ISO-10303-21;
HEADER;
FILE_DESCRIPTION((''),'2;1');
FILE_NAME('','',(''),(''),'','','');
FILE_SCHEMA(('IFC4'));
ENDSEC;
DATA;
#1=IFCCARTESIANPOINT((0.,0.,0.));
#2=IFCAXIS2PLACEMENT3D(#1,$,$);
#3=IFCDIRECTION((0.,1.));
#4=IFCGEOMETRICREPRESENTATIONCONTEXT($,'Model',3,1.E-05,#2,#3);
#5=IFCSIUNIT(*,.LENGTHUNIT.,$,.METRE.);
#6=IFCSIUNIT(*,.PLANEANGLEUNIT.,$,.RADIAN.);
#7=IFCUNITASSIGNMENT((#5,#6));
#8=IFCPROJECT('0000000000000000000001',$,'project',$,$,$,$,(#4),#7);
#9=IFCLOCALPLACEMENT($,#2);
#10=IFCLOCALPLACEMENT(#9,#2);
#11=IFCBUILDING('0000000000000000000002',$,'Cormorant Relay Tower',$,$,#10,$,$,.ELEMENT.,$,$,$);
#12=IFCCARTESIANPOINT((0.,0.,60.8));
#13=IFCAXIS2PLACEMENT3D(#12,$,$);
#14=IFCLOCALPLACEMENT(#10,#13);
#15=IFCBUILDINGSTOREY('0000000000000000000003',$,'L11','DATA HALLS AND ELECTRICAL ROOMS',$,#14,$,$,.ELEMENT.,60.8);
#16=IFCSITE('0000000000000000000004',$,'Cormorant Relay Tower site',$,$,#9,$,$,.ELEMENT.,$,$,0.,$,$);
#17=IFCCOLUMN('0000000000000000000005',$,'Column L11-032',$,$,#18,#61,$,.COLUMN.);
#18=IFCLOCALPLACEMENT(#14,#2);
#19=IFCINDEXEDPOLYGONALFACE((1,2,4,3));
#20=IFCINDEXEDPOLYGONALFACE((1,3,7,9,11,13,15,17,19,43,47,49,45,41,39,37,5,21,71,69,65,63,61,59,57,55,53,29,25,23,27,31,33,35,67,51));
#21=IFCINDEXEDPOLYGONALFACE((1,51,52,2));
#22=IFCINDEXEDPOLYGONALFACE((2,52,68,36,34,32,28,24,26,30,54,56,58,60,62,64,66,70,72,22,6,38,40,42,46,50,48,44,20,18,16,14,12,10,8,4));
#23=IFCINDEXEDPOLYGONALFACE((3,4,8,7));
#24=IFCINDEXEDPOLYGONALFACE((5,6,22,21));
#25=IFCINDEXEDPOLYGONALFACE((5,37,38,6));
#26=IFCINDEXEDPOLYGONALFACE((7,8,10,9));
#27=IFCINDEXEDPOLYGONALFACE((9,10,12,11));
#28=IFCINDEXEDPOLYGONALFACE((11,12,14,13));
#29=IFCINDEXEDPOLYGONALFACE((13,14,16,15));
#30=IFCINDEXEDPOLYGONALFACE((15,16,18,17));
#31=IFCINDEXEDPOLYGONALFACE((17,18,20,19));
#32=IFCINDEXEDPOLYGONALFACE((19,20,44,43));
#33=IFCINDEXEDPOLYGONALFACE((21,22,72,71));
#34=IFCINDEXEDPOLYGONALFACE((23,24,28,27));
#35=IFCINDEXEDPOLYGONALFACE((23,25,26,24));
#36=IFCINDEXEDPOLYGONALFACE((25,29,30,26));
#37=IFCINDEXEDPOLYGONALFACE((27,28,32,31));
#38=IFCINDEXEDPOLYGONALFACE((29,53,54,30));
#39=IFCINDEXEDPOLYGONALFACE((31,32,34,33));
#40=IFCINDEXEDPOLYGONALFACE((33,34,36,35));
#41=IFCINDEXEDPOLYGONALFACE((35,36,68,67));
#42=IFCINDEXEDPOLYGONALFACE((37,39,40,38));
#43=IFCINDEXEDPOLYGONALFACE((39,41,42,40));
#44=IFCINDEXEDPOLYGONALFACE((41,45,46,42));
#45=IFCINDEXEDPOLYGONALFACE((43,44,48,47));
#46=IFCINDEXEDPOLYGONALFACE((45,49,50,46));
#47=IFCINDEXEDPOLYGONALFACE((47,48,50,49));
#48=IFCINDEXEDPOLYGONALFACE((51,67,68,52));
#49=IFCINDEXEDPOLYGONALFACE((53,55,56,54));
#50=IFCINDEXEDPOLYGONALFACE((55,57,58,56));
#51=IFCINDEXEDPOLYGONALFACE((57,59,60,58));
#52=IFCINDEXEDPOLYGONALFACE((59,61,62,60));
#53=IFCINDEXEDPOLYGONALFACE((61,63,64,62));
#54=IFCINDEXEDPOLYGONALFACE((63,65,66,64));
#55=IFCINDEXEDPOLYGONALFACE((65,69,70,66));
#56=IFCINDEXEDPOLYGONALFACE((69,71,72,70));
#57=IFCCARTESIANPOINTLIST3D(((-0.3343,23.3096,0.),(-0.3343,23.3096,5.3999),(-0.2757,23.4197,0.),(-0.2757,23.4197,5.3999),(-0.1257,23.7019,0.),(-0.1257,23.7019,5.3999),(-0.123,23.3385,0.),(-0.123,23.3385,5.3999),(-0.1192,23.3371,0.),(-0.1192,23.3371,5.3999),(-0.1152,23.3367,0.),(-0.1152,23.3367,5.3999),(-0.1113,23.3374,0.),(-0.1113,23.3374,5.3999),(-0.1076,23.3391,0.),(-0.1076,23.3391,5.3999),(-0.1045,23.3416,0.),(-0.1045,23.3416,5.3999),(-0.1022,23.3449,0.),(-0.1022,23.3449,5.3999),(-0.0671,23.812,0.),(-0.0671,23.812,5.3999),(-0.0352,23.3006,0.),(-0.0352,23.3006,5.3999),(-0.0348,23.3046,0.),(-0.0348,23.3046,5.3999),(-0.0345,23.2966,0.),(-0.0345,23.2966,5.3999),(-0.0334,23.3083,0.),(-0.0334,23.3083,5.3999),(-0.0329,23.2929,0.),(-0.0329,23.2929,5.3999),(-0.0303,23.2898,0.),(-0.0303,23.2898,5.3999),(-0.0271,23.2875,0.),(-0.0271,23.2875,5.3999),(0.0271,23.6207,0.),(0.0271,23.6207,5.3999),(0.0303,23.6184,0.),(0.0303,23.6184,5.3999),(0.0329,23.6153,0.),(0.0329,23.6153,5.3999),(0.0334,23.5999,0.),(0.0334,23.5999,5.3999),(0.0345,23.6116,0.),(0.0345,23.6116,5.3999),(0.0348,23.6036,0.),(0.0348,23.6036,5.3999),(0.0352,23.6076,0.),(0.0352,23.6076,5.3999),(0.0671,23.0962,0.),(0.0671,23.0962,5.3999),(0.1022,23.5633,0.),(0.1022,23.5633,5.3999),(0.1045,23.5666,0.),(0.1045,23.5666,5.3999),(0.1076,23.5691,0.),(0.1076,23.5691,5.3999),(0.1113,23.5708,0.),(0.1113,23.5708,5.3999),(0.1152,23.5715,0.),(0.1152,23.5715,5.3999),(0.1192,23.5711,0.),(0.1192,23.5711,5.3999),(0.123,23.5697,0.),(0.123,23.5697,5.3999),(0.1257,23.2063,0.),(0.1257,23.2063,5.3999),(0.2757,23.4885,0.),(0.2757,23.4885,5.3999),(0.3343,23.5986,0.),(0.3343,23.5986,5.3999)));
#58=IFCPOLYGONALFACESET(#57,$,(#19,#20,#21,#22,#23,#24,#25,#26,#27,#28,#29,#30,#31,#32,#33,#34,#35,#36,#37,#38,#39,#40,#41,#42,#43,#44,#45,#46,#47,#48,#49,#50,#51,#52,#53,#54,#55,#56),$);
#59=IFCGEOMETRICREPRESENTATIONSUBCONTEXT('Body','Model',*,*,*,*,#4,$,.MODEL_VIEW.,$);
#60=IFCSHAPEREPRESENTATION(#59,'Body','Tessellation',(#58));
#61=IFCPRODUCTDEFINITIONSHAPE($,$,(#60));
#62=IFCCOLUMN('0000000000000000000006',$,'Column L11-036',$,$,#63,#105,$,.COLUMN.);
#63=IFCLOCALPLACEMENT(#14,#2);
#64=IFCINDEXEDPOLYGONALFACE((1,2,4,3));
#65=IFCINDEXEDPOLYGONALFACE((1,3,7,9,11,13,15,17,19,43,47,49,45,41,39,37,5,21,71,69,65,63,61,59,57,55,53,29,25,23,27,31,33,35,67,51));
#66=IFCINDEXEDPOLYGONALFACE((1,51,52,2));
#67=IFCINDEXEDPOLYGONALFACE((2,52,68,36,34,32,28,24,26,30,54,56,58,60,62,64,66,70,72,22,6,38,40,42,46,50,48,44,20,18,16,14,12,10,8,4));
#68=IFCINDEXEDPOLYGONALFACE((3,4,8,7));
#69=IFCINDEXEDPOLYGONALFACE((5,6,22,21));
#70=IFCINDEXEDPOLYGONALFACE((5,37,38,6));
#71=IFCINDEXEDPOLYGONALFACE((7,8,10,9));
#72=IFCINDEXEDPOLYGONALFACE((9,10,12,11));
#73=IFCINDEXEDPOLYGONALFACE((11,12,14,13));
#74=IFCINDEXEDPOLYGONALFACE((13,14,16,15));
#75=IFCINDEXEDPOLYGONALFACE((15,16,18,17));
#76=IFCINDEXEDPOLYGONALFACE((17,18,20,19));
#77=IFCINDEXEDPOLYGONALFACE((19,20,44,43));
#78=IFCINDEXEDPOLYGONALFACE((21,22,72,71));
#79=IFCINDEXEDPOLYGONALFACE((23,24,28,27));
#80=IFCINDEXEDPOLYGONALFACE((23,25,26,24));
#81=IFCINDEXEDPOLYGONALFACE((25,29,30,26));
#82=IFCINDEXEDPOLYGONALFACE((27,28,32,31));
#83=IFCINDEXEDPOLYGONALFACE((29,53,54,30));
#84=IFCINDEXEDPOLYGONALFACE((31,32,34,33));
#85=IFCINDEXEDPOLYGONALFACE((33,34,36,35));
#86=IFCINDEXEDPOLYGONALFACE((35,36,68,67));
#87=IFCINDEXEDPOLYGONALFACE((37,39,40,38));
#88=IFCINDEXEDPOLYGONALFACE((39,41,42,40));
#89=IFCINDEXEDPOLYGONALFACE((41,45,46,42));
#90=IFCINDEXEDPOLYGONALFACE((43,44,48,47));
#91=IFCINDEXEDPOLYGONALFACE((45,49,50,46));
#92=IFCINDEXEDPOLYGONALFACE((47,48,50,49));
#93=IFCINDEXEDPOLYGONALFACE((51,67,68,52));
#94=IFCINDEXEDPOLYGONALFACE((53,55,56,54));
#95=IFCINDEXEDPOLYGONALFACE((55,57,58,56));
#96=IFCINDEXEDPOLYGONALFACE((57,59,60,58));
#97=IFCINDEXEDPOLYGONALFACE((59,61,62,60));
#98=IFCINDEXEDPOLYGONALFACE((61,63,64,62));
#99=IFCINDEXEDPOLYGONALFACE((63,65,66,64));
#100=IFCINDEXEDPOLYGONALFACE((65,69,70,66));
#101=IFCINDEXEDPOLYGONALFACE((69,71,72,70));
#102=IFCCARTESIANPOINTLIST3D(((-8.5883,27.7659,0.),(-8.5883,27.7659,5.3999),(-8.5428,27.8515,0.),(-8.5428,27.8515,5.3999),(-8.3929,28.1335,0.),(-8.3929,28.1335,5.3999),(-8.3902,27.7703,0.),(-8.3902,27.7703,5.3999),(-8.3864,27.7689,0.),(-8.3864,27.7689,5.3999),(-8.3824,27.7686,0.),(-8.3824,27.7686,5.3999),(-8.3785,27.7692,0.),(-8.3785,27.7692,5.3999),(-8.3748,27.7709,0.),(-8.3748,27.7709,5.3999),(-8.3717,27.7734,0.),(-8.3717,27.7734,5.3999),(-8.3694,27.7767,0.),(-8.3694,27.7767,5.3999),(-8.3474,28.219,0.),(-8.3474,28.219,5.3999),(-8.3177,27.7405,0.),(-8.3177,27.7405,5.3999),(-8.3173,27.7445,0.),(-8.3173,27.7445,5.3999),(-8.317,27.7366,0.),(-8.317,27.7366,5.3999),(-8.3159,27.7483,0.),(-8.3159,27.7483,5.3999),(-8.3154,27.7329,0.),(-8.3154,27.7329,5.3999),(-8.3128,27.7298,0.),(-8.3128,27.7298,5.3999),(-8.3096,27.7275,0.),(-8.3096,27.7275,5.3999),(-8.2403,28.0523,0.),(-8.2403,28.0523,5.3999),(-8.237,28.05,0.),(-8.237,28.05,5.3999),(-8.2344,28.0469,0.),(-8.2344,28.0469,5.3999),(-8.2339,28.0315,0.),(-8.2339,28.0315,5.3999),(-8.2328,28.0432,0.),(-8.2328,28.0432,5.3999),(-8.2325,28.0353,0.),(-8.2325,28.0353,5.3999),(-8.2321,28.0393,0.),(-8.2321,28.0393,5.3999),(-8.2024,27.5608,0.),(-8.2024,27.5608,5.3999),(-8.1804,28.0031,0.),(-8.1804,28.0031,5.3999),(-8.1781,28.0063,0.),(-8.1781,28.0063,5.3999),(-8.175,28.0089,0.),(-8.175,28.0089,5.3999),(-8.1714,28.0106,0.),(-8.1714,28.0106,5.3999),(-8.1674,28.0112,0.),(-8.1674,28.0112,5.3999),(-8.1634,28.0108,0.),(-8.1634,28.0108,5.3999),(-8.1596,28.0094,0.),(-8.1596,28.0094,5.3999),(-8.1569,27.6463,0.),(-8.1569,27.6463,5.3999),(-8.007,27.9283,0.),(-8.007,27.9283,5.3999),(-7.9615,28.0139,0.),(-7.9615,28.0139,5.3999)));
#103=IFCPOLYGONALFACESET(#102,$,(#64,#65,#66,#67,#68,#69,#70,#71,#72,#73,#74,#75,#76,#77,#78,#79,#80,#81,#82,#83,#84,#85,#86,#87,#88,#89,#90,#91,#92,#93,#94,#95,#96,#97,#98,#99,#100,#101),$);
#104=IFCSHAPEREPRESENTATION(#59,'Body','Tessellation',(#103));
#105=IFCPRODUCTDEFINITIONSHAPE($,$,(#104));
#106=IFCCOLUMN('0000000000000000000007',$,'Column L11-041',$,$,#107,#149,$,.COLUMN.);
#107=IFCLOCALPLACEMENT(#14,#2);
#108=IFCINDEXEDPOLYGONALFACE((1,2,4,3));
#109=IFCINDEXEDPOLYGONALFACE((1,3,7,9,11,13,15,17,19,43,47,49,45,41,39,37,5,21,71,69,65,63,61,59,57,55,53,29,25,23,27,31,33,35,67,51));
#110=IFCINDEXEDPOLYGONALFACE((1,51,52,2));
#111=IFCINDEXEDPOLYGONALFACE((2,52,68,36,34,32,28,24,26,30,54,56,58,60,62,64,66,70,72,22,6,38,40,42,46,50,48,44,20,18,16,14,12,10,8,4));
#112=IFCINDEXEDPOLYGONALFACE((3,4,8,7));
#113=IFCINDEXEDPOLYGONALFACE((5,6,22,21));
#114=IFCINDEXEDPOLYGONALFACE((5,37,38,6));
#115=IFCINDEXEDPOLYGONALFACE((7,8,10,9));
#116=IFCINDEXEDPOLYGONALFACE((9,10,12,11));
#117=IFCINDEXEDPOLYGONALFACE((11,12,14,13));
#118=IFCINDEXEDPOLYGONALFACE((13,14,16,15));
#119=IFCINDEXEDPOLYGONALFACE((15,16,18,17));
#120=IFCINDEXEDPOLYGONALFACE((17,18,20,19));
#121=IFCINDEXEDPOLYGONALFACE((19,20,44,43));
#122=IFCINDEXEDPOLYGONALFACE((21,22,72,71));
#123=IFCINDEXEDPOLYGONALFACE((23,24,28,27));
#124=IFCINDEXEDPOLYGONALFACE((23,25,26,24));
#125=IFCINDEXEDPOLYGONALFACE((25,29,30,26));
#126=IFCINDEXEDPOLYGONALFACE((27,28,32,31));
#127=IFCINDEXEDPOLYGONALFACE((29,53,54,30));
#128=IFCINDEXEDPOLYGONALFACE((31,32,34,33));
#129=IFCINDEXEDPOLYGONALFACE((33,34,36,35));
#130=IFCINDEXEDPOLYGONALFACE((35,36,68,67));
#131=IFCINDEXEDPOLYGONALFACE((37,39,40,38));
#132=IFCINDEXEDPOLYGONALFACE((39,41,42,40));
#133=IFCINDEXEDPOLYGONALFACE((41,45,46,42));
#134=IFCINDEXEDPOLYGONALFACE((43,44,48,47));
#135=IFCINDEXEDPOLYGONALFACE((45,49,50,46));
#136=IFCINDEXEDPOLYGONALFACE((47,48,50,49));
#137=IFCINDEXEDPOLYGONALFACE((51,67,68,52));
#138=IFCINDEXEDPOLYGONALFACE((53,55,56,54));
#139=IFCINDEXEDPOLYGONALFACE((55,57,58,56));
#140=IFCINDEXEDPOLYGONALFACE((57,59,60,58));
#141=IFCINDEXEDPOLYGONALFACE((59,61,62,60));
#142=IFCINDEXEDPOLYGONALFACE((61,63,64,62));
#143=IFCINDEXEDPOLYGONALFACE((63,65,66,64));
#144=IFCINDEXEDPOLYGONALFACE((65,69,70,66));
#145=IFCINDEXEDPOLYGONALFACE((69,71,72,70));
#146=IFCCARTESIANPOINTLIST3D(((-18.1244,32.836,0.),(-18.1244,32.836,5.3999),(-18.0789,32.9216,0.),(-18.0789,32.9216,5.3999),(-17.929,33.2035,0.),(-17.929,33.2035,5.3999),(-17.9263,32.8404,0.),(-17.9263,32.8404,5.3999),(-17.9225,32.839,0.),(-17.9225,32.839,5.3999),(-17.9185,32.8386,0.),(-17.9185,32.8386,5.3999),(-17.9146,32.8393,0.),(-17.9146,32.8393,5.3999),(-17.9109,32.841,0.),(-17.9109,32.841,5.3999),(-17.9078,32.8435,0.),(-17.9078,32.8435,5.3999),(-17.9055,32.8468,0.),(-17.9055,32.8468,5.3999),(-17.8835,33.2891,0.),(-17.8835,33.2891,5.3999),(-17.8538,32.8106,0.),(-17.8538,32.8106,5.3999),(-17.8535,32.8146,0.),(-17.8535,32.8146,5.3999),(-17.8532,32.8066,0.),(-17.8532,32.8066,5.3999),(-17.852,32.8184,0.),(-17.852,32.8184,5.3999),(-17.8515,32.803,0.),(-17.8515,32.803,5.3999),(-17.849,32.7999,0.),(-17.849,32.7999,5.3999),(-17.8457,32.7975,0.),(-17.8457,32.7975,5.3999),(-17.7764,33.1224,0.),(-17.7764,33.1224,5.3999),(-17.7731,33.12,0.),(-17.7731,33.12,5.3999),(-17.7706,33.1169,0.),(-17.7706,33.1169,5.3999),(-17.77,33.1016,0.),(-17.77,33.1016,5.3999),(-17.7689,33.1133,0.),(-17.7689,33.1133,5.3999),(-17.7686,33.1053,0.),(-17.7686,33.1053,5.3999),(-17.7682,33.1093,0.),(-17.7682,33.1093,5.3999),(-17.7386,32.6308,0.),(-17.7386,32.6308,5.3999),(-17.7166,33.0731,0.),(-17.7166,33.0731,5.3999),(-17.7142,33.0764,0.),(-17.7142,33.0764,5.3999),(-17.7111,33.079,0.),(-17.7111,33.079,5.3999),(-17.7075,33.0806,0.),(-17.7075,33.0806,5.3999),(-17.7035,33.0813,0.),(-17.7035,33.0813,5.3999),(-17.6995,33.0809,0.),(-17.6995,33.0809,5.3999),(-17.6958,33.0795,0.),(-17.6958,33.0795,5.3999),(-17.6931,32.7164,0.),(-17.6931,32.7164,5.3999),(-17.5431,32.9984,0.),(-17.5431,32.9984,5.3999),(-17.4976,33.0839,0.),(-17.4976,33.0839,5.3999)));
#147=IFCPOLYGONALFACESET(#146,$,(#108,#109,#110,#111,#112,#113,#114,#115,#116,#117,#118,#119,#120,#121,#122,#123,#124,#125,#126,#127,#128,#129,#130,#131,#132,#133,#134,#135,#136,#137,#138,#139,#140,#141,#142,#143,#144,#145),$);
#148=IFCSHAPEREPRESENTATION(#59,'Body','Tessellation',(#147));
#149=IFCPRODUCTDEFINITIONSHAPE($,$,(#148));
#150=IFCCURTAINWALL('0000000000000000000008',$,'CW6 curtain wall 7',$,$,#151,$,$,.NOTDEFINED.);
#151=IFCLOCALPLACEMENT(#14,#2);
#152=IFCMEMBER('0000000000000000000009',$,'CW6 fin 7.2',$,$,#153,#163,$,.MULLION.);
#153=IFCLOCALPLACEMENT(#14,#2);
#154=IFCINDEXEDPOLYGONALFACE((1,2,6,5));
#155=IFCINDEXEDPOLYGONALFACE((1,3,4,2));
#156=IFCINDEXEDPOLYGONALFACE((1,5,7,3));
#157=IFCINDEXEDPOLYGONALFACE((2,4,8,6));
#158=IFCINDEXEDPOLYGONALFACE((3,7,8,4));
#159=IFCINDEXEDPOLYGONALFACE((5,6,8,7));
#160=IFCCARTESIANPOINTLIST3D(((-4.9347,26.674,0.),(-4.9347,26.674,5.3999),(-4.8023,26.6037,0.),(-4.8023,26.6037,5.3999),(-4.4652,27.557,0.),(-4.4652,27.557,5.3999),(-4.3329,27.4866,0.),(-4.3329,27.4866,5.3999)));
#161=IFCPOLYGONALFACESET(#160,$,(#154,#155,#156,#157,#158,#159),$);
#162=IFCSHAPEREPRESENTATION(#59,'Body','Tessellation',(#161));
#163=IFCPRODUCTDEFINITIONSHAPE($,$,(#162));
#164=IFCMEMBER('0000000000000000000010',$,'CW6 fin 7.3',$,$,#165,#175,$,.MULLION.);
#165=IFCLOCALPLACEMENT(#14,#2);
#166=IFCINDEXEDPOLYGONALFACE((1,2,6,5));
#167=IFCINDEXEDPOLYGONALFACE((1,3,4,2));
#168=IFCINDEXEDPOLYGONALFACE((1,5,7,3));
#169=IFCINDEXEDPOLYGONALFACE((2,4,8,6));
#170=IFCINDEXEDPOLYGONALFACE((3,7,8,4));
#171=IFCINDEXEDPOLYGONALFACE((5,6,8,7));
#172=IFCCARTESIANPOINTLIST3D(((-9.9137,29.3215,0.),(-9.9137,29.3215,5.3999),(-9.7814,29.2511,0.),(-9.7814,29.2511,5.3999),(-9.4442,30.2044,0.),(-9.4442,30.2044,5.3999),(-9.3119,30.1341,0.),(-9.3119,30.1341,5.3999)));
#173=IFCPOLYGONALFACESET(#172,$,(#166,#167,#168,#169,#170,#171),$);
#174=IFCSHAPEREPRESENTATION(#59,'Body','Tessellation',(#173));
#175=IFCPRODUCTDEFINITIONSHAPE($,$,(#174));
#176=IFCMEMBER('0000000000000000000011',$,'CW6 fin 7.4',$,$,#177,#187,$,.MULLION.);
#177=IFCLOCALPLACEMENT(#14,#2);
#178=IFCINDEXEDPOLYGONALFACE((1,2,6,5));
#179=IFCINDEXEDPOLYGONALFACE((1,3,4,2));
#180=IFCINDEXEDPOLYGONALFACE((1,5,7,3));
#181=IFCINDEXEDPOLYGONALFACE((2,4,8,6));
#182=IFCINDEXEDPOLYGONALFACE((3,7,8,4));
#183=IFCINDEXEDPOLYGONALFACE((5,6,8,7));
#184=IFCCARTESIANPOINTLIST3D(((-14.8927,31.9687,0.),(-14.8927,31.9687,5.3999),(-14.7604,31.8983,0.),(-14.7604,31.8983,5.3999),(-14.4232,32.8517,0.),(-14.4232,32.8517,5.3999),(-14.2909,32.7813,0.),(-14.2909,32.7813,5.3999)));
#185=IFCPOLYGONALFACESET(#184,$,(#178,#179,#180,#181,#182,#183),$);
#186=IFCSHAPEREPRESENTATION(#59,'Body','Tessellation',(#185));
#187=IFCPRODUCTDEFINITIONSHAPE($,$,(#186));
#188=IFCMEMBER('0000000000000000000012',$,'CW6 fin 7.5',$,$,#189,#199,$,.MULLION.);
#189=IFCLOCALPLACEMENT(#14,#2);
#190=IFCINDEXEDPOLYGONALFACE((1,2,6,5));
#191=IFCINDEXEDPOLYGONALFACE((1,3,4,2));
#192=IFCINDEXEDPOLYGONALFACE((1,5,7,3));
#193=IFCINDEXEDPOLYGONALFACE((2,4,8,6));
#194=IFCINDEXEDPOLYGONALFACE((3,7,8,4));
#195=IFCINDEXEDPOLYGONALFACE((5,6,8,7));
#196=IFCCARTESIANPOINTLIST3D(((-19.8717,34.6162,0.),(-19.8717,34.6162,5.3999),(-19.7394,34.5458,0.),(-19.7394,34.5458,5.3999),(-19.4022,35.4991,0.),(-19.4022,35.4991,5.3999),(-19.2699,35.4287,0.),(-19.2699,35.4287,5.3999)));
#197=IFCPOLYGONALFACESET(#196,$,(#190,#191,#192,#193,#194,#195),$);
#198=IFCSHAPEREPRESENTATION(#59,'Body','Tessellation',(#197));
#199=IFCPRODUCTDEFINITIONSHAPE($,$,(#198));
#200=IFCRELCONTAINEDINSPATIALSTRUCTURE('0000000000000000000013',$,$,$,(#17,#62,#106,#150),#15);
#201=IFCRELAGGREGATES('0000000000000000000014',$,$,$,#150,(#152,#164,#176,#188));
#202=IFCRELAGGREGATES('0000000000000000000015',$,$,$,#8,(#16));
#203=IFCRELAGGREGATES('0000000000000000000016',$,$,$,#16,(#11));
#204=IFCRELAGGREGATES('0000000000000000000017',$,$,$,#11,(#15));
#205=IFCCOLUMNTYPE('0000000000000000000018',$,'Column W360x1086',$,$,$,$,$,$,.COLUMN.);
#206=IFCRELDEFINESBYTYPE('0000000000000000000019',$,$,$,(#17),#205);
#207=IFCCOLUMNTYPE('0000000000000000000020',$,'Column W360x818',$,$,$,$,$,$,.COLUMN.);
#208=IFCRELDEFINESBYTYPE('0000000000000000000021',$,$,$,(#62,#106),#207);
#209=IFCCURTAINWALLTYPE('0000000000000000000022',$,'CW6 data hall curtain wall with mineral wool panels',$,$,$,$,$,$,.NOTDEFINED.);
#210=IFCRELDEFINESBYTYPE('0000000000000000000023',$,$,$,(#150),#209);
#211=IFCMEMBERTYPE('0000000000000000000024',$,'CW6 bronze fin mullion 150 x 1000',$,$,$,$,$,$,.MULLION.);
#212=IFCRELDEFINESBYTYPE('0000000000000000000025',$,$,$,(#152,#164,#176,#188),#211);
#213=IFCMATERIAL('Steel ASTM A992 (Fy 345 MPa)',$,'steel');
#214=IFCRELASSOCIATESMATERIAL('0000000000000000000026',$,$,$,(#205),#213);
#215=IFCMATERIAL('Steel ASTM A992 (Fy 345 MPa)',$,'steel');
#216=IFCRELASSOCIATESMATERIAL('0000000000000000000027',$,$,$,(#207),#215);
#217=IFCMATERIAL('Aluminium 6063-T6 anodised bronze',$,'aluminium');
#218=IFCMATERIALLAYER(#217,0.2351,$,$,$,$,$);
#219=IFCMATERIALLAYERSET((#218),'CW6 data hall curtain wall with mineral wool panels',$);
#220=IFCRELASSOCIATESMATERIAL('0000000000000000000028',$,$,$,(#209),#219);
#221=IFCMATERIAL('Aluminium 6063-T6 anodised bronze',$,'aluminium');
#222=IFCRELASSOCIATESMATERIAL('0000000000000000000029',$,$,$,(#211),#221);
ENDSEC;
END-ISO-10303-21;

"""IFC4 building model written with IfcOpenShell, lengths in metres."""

from ifc_helpers import new_model, si_unit, direction, frame, origin, origin_2d, place, context, subcontext, project, spatial, rectangle, i_section, extrude, material, layer, layer_set, material_profile, profile_set, type_object, element, aggregate, save


model = new_model("IFC4")

# Units and contexts
model_context = context("Model", 3, precision=1e-05, world=origin(), true_north=direction((0.0, 1.0)))
body_context = subcontext(model_context, "Body", "Model", "MODEL_VIEW")
ifc_project = project(units=[si_unit("LENGTHUNIT", "METRE"), si_unit("PLANEANGLEUNIT", "RADIAN")], contexts=[model_context])

# Site, building, storey
site_placement = place(None, origin())
site = spatial("IfcSite", under=ifc_project, at=site_placement, Name="Cormorant Relay Tower site", CompositionType="ELEMENT", RefElevation=0.0)
building_placement = place(site_placement, origin())
building = spatial("IfcBuilding", under=site, at=building_placement, Name="Cormorant Relay Tower", CompositionType="ELEMENT")
storey_placement = place(building_placement, frame((0.0, 0.0, 60.8)))
storey = spatial("IfcBuildingStorey", under=building, at=storey_placement, Name="L11", Description="DATA HALLS AND ELECTRICAL ROOMS", CompositionType="ELEMENT", Elevation=60.8)

# Columns
ifc_material_1 = material(Name="Steel ASTM A992 (Fy 345 MPa)", Category="steel")
ifc_material_profile_1 = material_profile(ifc_material_1, i_section(OverallWidth=0.4546, OverallDepth=0.5691, WebThickness=0.0779, FlangeThickness=0.1248, FilletRadius=0.0154, at=origin_2d()), Name="W360x1086")
ifc_profile_set_1 = profile_set([ifc_material_profile_1], Name="Steel ASTM A992 (Fy 345 MPa)")
column_type_1 = type_object("IfcColumnType", Name="Column W360x1086", PredefinedType="COLUMN", material=ifc_profile_set_1)
column_placement = place(storey_placement, frame((0.0, 23.4541, 0.0), z_axis=(0.0, 0.0, 1.0), x_axis=(-0.882948, 0.469472, 0.0)))
element("IfcColumn", 1, at=column_placement, inside=storey, type_object=column_type_1, Name="Column L11-032", PredefinedType="COLUMN", context=body_context, shape_type="SweptSolid", body=[
    extrude(i_section(OverallWidth=0.4546, OverallDepth=0.5691, WebThickness=0.0779, FlangeThickness=0.1248, FilletRadius=0.0154, at=origin_2d()), origin(), (0.0, 0.0, 1.0), 5.3999),
])
ifc_material_2 = material(Name="Steel ASTM A992 (Fy 345 MPa)", Category="steel")
ifc_material_profile_2 = material_profile(ifc_material_2, i_section(OverallWidth=0.437, OverallDepth=0.5132, WebThickness=0.0605, FlangeThickness=0.0969, FilletRadius=0.0154, at=origin_2d()), Name="W360x818")
ifc_profile_set_2 = profile_set([ifc_material_profile_2], Name="Steel ASTM A992 (Fy 345 MPa)")
column_type_2 = type_object("IfcColumnType", Name="Column W360x818", PredefinedType="COLUMN", material=ifc_profile_set_2)
for number, where, z_axis, x_axis, name in (
    (2, (-8.2749, 27.8899, 0.0), (0.0, 0.0, 1.0), (-0.882948, 0.469472, 0.0), "Column L11-036"),
    (3, (-17.811, 32.96, 0.0), (0.0, 0.0, 1.0), (-0.882948, 0.469472, 0.0), "Column L11-041"),
):
    element("IfcColumn", number, at=place(storey_placement, frame(where, z_axis=z_axis, x_axis=x_axis)), inside=storey, type_object=column_type_2, Name=name, PredefinedType="COLUMN", context=body_context, shape_type="SweptSolid", body=[
        extrude(i_section(OverallWidth=0.437, OverallDepth=0.5132, WebThickness=0.0605, FlangeThickness=0.0969, FilletRadius=0.0154, at=origin_2d()), origin(), (0.0, 0.0, 1.0), 5.3999),
    ])

# Curtain wall, members
ifc_material_3 = material(Name="Aluminium 6063-T6 anodised bronze", Category="aluminium")
ifc_layer_1 = layer(ifc_material_3, 0.2351)
ifc_layer_set_1 = layer_set([ifc_layer_1], Name="CW6 data hall curtain wall with mineral wool panels")
curtain_wall_type = type_object("IfcCurtainWallType", Name="CW6 data hall curtain wall with mineral wool panels", PredefinedType="NOTDEFINED", material=ifc_layer_set_1)
curtain_wall_placement = place(storey_placement, origin())
curtain_wall = element("IfcCurtainWall", 4, at=curtain_wall_placement, inside=storey, type_object=curtain_wall_type, Name="CW6 curtain wall 7", PredefinedType="NOTDEFINED")
ifc_material_4 = material(Name="Aluminium 6063-T6 anodised bronze", Category="aluminium")
ifc_material_profile_3 = material_profile(ifc_material_4, rectangle(XDim=0.1499, YDim=1.0, at=origin_2d()), Name="AL 150x1000")
ifc_profile_set_3 = profile_set([ifc_material_profile_3], Name="Aluminium 6063-T6 anodised bronze")
member_type = type_object("IfcMemberType", Name="CW6 bronze fin mullion 150 x 1000", PredefinedType="MULLION", material=ifc_profile_set_3)
member_1_placement = place(storey_placement, frame((-4.6338, 27.0803, 0.0), z_axis=(0.0, 0.0, 1.0), x_axis=(-0.882948, 0.469472, 0.0)))
member_1 = element("IfcMember", 5, at=member_1_placement, type_object=member_type, Name="CW6 fin 7.2", PredefinedType="MULLION", context=body_context, shape_type="SweptSolid", body=[
    extrude(rectangle(XDim=0.1499, YDim=1.0, at=origin_2d()), origin(), (0.0, 0.0, 1.0), 5.3999),
])
member_2_placement = place(storey_placement, frame((-9.6128, 29.7278, 0.0), z_axis=(0.0, 0.0, 1.0), x_axis=(-0.882948, 0.469472, 0.0)))
member_2 = element("IfcMember", 6, at=member_2_placement, type_object=member_type, Name="CW6 fin 7.3", PredefinedType="MULLION", context=body_context, shape_type="SweptSolid", body=[
    extrude(rectangle(XDim=0.1499, YDim=1.0, at=origin_2d()), origin(), (0.0, 0.0, 1.0), 5.3999),
])
member_3_placement = place(storey_placement, frame((-14.5918, 32.375, 0.0), z_axis=(0.0, 0.0, 1.0), x_axis=(-0.882948, 0.469472, 0.0)))
member_3 = element("IfcMember", 7, at=member_3_placement, type_object=member_type, Name="CW6 fin 7.4", PredefinedType="MULLION", context=body_context, shape_type="SweptSolid", body=[
    extrude(rectangle(XDim=0.1499, YDim=1.0, at=origin_2d()), origin(), (0.0, 0.0, 1.0), 5.3999),
])
member_4_placement = place(storey_placement, frame((-19.5708, 35.0225, 0.0), z_axis=(0.0, 0.0, 1.0), x_axis=(-0.882948, 0.469472, 0.0)))
member_4 = element("IfcMember", 8, at=member_4_placement, type_object=member_type, Name="CW6 fin 7.5", PredefinedType="MULLION", context=body_context, shape_type="SweptSolid", body=[
    extrude(rectangle(XDim=0.1499, YDim=1.0, at=origin_2d()), origin(), (0.0, 0.0, 1.0), 5.3999),
])

aggregate(curtain_wall, [member_1, member_2, member_3, member_4])

save(model, "model.ifc")
